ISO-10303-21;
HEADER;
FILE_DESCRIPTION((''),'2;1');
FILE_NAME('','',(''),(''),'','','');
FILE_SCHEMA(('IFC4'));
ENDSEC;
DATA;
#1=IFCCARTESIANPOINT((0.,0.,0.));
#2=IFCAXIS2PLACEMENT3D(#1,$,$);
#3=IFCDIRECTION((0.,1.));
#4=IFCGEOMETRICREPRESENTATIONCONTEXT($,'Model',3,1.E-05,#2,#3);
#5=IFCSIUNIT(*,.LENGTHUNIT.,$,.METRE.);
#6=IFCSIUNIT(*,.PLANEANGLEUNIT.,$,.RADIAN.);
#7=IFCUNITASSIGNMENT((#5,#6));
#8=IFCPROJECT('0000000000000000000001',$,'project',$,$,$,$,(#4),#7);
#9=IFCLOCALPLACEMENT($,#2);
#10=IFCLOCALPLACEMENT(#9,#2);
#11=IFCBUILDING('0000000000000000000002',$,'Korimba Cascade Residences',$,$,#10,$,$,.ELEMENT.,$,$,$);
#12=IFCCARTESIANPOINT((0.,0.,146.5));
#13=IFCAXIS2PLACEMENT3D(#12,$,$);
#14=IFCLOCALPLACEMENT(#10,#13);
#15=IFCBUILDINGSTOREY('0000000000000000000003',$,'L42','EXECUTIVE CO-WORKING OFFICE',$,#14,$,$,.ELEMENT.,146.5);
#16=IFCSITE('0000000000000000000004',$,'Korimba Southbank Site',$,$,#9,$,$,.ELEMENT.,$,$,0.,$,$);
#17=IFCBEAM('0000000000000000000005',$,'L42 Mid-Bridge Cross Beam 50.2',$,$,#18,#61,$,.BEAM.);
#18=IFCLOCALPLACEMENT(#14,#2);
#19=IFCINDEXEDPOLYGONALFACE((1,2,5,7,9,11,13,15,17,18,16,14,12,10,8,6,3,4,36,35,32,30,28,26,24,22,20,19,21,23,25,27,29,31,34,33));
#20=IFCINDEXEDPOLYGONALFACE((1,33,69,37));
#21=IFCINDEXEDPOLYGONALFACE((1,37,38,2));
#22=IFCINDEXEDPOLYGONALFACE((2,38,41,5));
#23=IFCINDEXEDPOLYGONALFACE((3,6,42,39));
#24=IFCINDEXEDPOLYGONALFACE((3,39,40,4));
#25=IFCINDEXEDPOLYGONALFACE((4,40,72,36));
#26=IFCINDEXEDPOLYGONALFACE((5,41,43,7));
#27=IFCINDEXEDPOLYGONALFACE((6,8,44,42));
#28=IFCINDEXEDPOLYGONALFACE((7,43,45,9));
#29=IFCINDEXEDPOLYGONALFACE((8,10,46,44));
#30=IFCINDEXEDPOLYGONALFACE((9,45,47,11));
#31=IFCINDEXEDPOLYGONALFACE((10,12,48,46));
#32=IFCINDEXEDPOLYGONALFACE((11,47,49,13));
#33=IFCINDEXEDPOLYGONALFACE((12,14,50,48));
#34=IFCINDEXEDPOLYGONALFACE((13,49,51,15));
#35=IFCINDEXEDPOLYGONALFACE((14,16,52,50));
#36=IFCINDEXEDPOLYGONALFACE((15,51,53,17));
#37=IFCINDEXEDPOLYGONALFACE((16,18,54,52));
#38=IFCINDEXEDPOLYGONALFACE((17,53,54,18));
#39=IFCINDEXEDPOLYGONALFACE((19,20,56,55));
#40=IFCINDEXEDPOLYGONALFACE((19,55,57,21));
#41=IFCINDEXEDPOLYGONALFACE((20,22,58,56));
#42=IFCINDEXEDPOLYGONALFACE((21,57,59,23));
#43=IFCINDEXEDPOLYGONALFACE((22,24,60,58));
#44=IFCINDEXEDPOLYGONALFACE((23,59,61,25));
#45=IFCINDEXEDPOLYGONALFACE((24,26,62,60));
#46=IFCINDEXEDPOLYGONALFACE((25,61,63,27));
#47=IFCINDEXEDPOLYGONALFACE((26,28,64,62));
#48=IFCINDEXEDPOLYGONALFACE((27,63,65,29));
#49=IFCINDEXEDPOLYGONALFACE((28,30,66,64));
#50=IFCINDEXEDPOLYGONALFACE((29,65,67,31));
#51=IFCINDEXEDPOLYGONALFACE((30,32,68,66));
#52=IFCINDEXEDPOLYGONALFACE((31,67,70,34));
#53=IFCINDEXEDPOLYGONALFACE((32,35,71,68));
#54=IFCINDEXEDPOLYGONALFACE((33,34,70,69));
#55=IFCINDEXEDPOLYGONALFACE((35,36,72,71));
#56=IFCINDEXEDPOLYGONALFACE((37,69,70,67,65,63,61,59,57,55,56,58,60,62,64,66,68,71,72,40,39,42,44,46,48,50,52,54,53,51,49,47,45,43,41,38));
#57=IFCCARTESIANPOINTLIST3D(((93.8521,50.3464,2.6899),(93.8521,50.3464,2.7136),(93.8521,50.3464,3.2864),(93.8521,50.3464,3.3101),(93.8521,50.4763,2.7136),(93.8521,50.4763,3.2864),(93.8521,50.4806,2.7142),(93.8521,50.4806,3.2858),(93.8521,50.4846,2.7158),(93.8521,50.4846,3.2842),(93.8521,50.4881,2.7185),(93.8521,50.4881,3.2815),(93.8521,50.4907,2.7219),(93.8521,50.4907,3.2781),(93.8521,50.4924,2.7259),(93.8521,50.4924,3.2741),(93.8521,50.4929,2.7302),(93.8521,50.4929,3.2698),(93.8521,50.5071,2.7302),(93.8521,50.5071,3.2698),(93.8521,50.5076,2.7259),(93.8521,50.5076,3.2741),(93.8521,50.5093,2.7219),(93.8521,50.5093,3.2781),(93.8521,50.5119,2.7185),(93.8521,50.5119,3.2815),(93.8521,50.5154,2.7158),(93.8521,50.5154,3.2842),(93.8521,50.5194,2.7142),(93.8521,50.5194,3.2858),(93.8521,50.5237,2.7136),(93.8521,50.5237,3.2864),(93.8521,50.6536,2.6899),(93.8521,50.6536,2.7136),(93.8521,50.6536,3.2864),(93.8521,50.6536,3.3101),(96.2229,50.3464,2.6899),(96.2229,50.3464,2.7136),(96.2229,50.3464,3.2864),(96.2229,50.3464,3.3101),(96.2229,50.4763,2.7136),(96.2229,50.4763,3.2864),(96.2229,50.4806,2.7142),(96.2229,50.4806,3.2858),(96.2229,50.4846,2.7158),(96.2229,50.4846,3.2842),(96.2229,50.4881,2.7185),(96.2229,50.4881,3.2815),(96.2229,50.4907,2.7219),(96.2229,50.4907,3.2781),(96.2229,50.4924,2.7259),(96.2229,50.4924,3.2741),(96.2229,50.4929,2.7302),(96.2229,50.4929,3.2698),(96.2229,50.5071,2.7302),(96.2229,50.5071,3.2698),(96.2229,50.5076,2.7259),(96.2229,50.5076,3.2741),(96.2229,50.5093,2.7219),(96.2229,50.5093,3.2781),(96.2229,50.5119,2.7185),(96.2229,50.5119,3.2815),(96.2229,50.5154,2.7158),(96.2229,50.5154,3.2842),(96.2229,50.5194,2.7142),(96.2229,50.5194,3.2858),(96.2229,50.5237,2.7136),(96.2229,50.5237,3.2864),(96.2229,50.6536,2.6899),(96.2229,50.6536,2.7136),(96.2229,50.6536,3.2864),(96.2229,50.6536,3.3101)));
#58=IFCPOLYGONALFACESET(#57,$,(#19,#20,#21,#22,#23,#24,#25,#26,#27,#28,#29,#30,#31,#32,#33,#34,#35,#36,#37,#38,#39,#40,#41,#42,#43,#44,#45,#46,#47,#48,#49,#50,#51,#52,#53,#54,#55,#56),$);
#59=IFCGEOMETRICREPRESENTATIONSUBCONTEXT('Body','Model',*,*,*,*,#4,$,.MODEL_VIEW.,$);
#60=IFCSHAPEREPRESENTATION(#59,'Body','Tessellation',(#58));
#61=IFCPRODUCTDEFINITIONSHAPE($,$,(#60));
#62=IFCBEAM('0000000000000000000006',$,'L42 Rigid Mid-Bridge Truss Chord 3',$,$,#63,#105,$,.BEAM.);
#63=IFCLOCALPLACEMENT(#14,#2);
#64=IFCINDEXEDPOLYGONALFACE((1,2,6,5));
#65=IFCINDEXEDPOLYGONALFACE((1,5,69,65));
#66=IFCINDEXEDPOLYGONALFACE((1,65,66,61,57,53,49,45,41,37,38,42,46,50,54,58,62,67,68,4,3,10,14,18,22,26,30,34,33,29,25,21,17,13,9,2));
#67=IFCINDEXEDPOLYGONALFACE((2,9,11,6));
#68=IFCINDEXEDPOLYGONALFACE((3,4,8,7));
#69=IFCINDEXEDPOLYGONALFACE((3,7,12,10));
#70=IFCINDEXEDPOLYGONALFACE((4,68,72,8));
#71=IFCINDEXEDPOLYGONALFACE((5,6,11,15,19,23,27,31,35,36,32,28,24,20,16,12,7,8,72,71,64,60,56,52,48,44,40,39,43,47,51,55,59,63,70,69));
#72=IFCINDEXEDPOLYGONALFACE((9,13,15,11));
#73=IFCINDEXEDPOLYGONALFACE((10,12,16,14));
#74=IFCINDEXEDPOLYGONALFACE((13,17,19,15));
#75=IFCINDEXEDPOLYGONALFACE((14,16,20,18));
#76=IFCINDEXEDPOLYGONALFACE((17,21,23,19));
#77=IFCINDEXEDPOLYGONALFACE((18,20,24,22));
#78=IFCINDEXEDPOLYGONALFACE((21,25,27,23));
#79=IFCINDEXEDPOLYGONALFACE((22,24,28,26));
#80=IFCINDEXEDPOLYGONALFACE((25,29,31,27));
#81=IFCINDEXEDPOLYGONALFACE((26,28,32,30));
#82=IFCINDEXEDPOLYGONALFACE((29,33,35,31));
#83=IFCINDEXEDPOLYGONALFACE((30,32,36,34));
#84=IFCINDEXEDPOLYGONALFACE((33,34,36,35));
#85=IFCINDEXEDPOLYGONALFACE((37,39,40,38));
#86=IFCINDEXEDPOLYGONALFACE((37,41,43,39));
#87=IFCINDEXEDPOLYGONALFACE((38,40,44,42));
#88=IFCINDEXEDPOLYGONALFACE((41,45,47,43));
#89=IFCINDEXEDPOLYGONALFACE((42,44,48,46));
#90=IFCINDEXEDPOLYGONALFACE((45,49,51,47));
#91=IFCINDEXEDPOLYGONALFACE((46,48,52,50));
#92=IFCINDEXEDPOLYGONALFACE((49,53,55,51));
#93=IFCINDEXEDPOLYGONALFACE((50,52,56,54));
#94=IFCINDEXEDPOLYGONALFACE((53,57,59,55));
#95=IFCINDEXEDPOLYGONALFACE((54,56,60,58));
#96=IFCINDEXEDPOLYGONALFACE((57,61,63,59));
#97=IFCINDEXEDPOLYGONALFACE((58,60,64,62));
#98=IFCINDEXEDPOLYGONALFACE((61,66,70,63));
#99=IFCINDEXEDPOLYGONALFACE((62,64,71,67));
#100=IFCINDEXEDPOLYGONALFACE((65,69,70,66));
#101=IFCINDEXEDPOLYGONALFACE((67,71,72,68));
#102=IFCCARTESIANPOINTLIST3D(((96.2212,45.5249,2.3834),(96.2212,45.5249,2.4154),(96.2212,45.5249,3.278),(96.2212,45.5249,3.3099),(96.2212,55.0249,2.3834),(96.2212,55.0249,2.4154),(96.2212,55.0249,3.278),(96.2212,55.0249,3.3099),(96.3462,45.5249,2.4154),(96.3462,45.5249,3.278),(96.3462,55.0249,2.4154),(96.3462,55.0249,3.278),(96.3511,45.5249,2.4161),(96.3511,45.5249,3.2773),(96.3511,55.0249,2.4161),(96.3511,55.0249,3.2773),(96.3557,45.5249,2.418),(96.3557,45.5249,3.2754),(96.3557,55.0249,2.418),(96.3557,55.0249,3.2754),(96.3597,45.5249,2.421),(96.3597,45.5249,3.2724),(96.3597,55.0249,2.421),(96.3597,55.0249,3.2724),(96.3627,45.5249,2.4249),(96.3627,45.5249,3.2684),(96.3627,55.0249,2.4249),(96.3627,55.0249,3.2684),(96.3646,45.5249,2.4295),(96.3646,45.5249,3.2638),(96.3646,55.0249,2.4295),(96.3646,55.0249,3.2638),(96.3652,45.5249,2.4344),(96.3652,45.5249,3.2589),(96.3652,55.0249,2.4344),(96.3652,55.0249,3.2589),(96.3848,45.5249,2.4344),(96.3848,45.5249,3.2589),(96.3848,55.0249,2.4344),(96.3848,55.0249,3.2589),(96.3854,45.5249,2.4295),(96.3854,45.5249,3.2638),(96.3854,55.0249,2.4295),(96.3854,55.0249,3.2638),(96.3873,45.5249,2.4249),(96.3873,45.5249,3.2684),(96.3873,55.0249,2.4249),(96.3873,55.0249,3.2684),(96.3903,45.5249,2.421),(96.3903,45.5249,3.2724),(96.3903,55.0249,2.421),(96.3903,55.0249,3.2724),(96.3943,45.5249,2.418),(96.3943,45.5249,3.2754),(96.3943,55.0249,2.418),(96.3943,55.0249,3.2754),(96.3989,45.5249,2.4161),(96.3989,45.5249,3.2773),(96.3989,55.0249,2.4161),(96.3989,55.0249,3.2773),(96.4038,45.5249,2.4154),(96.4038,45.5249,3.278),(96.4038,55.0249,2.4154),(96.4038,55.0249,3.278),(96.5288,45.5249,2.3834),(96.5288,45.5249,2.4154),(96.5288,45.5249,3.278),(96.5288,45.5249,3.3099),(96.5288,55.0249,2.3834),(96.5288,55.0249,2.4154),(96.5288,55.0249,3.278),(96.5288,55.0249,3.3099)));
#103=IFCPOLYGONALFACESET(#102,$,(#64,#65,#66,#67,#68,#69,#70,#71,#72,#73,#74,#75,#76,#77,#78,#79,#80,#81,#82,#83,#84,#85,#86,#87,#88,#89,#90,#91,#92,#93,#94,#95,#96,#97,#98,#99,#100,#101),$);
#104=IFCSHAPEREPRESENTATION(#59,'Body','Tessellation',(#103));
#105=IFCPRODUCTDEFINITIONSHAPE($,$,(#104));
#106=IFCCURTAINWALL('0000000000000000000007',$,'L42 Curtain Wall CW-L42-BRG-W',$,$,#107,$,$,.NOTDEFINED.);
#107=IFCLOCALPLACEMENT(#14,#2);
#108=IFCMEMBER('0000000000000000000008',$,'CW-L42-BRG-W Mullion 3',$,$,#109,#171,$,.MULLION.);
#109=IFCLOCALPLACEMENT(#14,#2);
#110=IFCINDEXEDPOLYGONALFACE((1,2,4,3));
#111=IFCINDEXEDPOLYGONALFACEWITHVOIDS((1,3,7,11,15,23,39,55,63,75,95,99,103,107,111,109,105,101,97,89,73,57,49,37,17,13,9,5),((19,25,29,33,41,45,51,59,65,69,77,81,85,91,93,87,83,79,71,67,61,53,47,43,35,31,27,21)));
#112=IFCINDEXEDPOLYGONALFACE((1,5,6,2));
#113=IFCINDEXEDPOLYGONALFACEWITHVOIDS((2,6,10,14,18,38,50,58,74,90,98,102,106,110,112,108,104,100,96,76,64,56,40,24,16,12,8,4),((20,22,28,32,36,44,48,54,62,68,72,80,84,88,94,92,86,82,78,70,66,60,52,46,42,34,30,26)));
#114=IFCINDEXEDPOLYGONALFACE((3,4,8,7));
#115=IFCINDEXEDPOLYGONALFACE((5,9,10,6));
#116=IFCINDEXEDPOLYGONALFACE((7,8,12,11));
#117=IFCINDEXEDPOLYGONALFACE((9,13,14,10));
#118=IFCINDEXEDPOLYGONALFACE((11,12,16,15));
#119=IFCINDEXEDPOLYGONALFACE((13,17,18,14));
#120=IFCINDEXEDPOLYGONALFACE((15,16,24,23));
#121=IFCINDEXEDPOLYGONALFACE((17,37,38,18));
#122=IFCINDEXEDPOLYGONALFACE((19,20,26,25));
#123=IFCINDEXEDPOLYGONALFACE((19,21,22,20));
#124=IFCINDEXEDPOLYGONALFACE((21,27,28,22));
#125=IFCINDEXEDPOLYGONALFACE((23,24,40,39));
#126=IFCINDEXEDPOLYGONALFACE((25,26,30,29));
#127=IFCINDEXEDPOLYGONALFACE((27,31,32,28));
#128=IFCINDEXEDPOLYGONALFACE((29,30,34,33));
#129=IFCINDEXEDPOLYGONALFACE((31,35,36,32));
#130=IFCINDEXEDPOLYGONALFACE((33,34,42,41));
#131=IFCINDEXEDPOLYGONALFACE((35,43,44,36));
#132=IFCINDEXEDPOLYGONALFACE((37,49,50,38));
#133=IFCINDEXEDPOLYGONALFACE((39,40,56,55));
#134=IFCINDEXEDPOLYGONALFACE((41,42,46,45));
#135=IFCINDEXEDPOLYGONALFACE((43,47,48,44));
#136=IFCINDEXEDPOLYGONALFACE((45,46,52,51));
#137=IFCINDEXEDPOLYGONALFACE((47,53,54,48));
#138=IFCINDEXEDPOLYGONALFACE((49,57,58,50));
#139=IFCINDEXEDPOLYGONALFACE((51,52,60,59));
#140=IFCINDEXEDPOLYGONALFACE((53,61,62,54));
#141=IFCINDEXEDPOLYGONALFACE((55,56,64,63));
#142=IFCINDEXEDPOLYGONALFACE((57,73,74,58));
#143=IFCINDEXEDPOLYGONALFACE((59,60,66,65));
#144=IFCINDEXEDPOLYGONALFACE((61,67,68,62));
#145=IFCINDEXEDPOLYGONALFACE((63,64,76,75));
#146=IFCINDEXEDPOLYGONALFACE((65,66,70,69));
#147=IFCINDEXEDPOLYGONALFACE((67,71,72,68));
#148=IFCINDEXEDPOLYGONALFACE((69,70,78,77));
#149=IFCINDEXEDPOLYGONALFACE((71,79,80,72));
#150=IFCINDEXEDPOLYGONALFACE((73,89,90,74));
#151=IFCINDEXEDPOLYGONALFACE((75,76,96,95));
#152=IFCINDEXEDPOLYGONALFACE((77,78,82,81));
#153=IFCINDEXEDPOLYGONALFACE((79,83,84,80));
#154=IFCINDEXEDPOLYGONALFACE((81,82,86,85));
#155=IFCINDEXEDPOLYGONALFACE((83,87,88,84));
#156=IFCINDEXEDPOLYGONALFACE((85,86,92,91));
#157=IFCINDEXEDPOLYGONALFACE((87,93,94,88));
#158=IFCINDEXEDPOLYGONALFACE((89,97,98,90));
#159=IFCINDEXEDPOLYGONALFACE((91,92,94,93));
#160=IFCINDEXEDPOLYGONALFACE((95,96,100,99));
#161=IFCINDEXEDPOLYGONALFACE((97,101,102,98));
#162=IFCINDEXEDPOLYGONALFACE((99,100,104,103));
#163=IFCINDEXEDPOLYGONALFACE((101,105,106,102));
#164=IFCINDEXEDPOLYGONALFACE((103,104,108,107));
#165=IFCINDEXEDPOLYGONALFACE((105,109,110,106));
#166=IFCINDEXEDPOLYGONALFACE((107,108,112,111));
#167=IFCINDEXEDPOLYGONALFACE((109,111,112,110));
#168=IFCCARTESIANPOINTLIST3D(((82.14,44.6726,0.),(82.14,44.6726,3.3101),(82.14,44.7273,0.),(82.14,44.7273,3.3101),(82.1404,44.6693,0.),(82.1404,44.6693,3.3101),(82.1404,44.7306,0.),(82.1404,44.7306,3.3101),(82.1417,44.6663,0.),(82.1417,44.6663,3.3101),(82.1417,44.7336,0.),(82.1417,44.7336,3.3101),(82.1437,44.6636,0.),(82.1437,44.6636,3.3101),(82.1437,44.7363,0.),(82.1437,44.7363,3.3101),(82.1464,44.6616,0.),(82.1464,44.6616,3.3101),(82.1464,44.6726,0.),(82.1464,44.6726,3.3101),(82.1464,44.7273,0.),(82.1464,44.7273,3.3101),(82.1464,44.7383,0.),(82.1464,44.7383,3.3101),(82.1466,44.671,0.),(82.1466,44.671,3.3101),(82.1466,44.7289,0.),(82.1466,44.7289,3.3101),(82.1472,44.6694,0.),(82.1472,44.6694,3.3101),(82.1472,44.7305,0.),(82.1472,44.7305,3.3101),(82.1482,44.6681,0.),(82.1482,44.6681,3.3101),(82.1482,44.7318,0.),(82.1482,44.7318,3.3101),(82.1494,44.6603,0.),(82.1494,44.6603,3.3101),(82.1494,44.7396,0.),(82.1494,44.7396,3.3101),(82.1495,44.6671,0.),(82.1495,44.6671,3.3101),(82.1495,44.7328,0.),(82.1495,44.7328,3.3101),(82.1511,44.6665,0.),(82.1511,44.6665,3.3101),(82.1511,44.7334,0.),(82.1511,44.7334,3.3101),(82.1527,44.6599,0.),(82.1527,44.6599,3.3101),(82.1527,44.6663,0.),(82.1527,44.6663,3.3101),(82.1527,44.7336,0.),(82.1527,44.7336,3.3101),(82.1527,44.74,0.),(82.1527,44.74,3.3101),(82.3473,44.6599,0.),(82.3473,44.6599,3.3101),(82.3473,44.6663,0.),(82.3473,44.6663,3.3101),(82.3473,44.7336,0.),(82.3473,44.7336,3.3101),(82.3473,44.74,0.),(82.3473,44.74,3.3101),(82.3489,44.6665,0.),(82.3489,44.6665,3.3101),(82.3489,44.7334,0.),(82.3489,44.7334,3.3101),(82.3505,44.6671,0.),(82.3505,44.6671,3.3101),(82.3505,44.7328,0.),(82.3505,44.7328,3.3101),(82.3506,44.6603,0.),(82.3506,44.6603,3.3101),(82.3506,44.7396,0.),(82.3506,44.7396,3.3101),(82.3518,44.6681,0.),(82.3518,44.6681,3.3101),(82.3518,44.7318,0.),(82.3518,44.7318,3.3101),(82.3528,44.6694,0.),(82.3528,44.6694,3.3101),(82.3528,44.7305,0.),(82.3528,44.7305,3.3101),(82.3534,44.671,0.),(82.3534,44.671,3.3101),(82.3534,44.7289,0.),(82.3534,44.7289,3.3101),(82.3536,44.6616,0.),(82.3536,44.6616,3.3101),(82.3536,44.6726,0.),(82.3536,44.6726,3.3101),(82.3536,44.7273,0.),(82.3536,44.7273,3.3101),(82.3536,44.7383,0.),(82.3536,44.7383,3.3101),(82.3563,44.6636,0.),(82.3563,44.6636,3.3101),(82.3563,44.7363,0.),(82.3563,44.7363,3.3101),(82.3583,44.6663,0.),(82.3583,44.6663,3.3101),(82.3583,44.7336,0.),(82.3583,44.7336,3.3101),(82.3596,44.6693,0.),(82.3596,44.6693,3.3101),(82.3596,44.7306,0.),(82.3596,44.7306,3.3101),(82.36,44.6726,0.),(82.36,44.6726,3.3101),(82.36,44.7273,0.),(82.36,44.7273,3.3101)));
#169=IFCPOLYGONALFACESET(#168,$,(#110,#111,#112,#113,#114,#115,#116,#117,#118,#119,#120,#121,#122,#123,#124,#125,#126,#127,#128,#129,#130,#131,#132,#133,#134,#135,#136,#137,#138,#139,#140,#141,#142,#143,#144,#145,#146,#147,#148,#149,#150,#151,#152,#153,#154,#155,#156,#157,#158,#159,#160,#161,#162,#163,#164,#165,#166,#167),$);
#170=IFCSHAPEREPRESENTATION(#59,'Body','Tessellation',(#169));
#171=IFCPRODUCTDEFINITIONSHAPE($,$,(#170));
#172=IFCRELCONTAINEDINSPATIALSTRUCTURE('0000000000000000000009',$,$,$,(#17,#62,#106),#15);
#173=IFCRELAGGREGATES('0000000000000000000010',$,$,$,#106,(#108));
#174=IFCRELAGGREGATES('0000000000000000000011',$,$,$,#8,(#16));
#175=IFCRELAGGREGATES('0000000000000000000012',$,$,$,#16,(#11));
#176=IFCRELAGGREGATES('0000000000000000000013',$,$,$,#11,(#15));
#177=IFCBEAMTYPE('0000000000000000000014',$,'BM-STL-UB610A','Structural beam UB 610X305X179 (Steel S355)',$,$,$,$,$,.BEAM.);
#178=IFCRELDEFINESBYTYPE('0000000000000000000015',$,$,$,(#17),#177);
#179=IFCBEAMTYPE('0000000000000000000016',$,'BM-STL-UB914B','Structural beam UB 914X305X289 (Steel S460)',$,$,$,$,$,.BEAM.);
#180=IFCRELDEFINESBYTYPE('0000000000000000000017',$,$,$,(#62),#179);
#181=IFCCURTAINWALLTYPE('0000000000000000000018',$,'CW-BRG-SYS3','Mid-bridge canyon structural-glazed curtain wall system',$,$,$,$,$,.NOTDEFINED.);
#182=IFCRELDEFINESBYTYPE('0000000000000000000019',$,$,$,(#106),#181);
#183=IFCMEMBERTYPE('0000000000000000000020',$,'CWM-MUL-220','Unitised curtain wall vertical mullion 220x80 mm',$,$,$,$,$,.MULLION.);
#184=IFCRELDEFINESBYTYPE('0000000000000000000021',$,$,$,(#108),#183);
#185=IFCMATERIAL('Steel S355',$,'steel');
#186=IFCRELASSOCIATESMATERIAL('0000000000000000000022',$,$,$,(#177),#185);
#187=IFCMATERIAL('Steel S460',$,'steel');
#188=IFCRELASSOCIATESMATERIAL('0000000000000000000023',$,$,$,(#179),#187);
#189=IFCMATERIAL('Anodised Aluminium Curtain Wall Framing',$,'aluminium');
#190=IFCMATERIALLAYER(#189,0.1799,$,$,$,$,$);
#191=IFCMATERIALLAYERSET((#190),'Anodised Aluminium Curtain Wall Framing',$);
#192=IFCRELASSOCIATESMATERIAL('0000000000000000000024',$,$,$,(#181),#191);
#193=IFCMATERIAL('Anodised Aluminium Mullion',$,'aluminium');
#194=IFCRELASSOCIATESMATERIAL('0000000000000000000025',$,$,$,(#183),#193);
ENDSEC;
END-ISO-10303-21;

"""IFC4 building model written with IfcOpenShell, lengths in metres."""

from ifc_helpers import new_model, si_unit, direction, frame, origin, origin_2d, place, context, subcontext, project, spatial, hollow_rectangle, i_section, extrude, material, layer, layer_set, material_profile, profile_set, type_object, element, aggregate, save


model = new_model("IFC4")

# Units and contexts
model_context = context("Model", 3, precision=1e-05, world=origin(), true_north=direction((0.0, 1.0)))
body_context = subcontext(model_context, "Body", "Model", "MODEL_VIEW")
ifc_project = project(units=[si_unit("LENGTHUNIT", "METRE"), si_unit("PLANEANGLEUNIT", "RADIAN")], contexts=[model_context])

# Site, building, storey
site_placement = place(None, origin())
site = spatial("IfcSite", under=ifc_project, at=site_placement, Name="Korimba Southbank Site", CompositionType="ELEMENT", RefElevation=0.0)
building_placement = place(site_placement, origin())
building = spatial("IfcBuilding", under=site, at=building_placement, Name="Korimba Cascade Residences", CompositionType="ELEMENT")
storey_placement = place(building_placement, frame((0.0, 0.0, 146.5)))
storey = spatial("IfcBuildingStorey", under=building, at=storey_placement, Name="L42", Description="EXECUTIVE CO-WORKING OFFICE", CompositionType="ELEMENT", Elevation=146.5)

# Beams
ifc_material_1 = material(Name="Steel S355", Category="steel")
ifc_material_profile_1 = material_profile(ifc_material_1, i_section(OverallWidth=0.3071, OverallDepth=0.6201, WebThickness=0.0142, FlangeThickness=0.0237, FilletRadius=0.0166, at=origin_2d()), Name="Steel S355")
ifc_profile_set_1 = profile_set([ifc_material_profile_1], Name="Steel S355")
beam_type_1 = type_object("IfcBeamType", Name="BM-STL-UB610A", Description="Structural beam UB 610X305X179 (Steel S355)", PredefinedType="BEAM", material=ifc_profile_set_1)
beam_1_placement = place(storey_placement, frame((93.8521, 50.5, 3.0), z_axis=(1.0, 0.0, 0.0), x_axis=(0.0, 1.0, 0.0)))
element("IfcBeam", 1, at=beam_1_placement, inside=storey, type_object=beam_type_1, Name="L42 Mid-Bridge Cross Beam 50.2", PredefinedType="BEAM", context=body_context, shape_type="SweptSolid", body=[
    extrude(i_section(OverallWidth=0.3071, OverallDepth=0.6201, WebThickness=0.0142, FlangeThickness=0.0237, FilletRadius=0.0166, at=origin_2d()), origin(), (0.0, 0.0, 1.0), 2.3708),
])
ifc_material_2 = material(Name="Steel S460", Category="steel")
ifc_material_profile_2 = material_profile(ifc_material_2, i_section(OverallWidth=0.3076, OverallDepth=0.9265, WebThickness=0.0195, FlangeThickness=0.032, FilletRadius=0.019, at=origin_2d()), Name="Steel S460")
ifc_profile_set_2 = profile_set([ifc_material_profile_2], Name="Steel S460")
beam_type_2 = type_object("IfcBeamType", Name="BM-STL-UB914B", Description="Structural beam UB 914X305X289 (Steel S460)", PredefinedType="BEAM", material=ifc_profile_set_2)
beam_2_placement = place(storey_placement, frame((96.375, 45.5249, 2.8467), z_axis=(0.0, 1.0, 0.0), x_axis=(-1.0, 0.0, 0.0)))
element("IfcBeam", 2, at=beam_2_placement, inside=storey, type_object=beam_type_2, Name="L42 Rigid Mid-Bridge Truss Chord 3", PredefinedType="BEAM", context=body_context, shape_type="SweptSolid", body=[
    extrude(i_section(OverallWidth=0.3076, OverallDepth=0.9265, WebThickness=0.0195, FlangeThickness=0.032, FilletRadius=0.019, at=origin_2d()), origin(), (0.0, 0.0, 1.0), 9.5),
])

# Curtain wall, member
ifc_material_3 = material(Name="Anodised Aluminium Curtain Wall Framing", Category="aluminium")
ifc_layer_1 = layer(ifc_material_3, 0.1799)
ifc_layer_set_1 = layer_set([ifc_layer_1], Name="Anodised Aluminium Curtain Wall Framing")
curtain_wall_type = type_object("IfcCurtainWallType", Name="CW-BRG-SYS3", Description="Mid-bridge canyon structural-glazed curtain wall system", PredefinedType="NOTDEFINED", material=ifc_layer_set_1)
curtain_wall_placement = place(storey_placement, origin())
curtain_wall = element("IfcCurtainWall", 3, at=curtain_wall_placement, inside=storey, type_object=curtain_wall_type, Name="L42 Curtain Wall CW-L42-BRG-W", PredefinedType="NOTDEFINED")
ifc_material_4 = material(Name="Anodised Aluminium Mullion", Category="aluminium")
ifc_material_profile_3 = material_profile(ifc_material_4, hollow_rectangle(XDim=0.0801, YDim=0.22, WallThickness=0.0063, InnerFilletRadius=0.0063, OuterFilletRadius=0.0127, at=origin_2d()), Name="Anodised Aluminium Mullion")
ifc_profile_set_3 = profile_set([ifc_material_profile_3], Name="Anodised Aluminium Mullion")
member_type_1 = type_object("IfcMemberType", Name="CWM-MUL-220", Description="Unitised curtain wall vertical mullion 220x80 mm", PredefinedType="MULLION", material=ifc_profile_set_3)
member_1_placement = place(storey_placement, frame((82.25, 44.7, 0.0), z_axis=(0.0, 0.0, 1.0), x_axis=(0.0, 1.0, 0.0)))
member_1 = element("IfcMember", 4, at=member_1_placement, type_object=member_type_1, Name="CW-L42-BRG-W Mullion 3", PredefinedType="MULLION", context=body_context, shape_type="SweptSolid", body=[
    extrude(hollow_rectangle(XDim=0.0801, YDim=0.22, WallThickness=0.0063, InnerFilletRadius=0.0063, OuterFilletRadius=0.0127, at=origin_2d()), origin(), (0.0, 0.0, 1.0), 3.3101),
])
aggregate(curtain_wall, [member_1])

save(model, "model.ifc")
